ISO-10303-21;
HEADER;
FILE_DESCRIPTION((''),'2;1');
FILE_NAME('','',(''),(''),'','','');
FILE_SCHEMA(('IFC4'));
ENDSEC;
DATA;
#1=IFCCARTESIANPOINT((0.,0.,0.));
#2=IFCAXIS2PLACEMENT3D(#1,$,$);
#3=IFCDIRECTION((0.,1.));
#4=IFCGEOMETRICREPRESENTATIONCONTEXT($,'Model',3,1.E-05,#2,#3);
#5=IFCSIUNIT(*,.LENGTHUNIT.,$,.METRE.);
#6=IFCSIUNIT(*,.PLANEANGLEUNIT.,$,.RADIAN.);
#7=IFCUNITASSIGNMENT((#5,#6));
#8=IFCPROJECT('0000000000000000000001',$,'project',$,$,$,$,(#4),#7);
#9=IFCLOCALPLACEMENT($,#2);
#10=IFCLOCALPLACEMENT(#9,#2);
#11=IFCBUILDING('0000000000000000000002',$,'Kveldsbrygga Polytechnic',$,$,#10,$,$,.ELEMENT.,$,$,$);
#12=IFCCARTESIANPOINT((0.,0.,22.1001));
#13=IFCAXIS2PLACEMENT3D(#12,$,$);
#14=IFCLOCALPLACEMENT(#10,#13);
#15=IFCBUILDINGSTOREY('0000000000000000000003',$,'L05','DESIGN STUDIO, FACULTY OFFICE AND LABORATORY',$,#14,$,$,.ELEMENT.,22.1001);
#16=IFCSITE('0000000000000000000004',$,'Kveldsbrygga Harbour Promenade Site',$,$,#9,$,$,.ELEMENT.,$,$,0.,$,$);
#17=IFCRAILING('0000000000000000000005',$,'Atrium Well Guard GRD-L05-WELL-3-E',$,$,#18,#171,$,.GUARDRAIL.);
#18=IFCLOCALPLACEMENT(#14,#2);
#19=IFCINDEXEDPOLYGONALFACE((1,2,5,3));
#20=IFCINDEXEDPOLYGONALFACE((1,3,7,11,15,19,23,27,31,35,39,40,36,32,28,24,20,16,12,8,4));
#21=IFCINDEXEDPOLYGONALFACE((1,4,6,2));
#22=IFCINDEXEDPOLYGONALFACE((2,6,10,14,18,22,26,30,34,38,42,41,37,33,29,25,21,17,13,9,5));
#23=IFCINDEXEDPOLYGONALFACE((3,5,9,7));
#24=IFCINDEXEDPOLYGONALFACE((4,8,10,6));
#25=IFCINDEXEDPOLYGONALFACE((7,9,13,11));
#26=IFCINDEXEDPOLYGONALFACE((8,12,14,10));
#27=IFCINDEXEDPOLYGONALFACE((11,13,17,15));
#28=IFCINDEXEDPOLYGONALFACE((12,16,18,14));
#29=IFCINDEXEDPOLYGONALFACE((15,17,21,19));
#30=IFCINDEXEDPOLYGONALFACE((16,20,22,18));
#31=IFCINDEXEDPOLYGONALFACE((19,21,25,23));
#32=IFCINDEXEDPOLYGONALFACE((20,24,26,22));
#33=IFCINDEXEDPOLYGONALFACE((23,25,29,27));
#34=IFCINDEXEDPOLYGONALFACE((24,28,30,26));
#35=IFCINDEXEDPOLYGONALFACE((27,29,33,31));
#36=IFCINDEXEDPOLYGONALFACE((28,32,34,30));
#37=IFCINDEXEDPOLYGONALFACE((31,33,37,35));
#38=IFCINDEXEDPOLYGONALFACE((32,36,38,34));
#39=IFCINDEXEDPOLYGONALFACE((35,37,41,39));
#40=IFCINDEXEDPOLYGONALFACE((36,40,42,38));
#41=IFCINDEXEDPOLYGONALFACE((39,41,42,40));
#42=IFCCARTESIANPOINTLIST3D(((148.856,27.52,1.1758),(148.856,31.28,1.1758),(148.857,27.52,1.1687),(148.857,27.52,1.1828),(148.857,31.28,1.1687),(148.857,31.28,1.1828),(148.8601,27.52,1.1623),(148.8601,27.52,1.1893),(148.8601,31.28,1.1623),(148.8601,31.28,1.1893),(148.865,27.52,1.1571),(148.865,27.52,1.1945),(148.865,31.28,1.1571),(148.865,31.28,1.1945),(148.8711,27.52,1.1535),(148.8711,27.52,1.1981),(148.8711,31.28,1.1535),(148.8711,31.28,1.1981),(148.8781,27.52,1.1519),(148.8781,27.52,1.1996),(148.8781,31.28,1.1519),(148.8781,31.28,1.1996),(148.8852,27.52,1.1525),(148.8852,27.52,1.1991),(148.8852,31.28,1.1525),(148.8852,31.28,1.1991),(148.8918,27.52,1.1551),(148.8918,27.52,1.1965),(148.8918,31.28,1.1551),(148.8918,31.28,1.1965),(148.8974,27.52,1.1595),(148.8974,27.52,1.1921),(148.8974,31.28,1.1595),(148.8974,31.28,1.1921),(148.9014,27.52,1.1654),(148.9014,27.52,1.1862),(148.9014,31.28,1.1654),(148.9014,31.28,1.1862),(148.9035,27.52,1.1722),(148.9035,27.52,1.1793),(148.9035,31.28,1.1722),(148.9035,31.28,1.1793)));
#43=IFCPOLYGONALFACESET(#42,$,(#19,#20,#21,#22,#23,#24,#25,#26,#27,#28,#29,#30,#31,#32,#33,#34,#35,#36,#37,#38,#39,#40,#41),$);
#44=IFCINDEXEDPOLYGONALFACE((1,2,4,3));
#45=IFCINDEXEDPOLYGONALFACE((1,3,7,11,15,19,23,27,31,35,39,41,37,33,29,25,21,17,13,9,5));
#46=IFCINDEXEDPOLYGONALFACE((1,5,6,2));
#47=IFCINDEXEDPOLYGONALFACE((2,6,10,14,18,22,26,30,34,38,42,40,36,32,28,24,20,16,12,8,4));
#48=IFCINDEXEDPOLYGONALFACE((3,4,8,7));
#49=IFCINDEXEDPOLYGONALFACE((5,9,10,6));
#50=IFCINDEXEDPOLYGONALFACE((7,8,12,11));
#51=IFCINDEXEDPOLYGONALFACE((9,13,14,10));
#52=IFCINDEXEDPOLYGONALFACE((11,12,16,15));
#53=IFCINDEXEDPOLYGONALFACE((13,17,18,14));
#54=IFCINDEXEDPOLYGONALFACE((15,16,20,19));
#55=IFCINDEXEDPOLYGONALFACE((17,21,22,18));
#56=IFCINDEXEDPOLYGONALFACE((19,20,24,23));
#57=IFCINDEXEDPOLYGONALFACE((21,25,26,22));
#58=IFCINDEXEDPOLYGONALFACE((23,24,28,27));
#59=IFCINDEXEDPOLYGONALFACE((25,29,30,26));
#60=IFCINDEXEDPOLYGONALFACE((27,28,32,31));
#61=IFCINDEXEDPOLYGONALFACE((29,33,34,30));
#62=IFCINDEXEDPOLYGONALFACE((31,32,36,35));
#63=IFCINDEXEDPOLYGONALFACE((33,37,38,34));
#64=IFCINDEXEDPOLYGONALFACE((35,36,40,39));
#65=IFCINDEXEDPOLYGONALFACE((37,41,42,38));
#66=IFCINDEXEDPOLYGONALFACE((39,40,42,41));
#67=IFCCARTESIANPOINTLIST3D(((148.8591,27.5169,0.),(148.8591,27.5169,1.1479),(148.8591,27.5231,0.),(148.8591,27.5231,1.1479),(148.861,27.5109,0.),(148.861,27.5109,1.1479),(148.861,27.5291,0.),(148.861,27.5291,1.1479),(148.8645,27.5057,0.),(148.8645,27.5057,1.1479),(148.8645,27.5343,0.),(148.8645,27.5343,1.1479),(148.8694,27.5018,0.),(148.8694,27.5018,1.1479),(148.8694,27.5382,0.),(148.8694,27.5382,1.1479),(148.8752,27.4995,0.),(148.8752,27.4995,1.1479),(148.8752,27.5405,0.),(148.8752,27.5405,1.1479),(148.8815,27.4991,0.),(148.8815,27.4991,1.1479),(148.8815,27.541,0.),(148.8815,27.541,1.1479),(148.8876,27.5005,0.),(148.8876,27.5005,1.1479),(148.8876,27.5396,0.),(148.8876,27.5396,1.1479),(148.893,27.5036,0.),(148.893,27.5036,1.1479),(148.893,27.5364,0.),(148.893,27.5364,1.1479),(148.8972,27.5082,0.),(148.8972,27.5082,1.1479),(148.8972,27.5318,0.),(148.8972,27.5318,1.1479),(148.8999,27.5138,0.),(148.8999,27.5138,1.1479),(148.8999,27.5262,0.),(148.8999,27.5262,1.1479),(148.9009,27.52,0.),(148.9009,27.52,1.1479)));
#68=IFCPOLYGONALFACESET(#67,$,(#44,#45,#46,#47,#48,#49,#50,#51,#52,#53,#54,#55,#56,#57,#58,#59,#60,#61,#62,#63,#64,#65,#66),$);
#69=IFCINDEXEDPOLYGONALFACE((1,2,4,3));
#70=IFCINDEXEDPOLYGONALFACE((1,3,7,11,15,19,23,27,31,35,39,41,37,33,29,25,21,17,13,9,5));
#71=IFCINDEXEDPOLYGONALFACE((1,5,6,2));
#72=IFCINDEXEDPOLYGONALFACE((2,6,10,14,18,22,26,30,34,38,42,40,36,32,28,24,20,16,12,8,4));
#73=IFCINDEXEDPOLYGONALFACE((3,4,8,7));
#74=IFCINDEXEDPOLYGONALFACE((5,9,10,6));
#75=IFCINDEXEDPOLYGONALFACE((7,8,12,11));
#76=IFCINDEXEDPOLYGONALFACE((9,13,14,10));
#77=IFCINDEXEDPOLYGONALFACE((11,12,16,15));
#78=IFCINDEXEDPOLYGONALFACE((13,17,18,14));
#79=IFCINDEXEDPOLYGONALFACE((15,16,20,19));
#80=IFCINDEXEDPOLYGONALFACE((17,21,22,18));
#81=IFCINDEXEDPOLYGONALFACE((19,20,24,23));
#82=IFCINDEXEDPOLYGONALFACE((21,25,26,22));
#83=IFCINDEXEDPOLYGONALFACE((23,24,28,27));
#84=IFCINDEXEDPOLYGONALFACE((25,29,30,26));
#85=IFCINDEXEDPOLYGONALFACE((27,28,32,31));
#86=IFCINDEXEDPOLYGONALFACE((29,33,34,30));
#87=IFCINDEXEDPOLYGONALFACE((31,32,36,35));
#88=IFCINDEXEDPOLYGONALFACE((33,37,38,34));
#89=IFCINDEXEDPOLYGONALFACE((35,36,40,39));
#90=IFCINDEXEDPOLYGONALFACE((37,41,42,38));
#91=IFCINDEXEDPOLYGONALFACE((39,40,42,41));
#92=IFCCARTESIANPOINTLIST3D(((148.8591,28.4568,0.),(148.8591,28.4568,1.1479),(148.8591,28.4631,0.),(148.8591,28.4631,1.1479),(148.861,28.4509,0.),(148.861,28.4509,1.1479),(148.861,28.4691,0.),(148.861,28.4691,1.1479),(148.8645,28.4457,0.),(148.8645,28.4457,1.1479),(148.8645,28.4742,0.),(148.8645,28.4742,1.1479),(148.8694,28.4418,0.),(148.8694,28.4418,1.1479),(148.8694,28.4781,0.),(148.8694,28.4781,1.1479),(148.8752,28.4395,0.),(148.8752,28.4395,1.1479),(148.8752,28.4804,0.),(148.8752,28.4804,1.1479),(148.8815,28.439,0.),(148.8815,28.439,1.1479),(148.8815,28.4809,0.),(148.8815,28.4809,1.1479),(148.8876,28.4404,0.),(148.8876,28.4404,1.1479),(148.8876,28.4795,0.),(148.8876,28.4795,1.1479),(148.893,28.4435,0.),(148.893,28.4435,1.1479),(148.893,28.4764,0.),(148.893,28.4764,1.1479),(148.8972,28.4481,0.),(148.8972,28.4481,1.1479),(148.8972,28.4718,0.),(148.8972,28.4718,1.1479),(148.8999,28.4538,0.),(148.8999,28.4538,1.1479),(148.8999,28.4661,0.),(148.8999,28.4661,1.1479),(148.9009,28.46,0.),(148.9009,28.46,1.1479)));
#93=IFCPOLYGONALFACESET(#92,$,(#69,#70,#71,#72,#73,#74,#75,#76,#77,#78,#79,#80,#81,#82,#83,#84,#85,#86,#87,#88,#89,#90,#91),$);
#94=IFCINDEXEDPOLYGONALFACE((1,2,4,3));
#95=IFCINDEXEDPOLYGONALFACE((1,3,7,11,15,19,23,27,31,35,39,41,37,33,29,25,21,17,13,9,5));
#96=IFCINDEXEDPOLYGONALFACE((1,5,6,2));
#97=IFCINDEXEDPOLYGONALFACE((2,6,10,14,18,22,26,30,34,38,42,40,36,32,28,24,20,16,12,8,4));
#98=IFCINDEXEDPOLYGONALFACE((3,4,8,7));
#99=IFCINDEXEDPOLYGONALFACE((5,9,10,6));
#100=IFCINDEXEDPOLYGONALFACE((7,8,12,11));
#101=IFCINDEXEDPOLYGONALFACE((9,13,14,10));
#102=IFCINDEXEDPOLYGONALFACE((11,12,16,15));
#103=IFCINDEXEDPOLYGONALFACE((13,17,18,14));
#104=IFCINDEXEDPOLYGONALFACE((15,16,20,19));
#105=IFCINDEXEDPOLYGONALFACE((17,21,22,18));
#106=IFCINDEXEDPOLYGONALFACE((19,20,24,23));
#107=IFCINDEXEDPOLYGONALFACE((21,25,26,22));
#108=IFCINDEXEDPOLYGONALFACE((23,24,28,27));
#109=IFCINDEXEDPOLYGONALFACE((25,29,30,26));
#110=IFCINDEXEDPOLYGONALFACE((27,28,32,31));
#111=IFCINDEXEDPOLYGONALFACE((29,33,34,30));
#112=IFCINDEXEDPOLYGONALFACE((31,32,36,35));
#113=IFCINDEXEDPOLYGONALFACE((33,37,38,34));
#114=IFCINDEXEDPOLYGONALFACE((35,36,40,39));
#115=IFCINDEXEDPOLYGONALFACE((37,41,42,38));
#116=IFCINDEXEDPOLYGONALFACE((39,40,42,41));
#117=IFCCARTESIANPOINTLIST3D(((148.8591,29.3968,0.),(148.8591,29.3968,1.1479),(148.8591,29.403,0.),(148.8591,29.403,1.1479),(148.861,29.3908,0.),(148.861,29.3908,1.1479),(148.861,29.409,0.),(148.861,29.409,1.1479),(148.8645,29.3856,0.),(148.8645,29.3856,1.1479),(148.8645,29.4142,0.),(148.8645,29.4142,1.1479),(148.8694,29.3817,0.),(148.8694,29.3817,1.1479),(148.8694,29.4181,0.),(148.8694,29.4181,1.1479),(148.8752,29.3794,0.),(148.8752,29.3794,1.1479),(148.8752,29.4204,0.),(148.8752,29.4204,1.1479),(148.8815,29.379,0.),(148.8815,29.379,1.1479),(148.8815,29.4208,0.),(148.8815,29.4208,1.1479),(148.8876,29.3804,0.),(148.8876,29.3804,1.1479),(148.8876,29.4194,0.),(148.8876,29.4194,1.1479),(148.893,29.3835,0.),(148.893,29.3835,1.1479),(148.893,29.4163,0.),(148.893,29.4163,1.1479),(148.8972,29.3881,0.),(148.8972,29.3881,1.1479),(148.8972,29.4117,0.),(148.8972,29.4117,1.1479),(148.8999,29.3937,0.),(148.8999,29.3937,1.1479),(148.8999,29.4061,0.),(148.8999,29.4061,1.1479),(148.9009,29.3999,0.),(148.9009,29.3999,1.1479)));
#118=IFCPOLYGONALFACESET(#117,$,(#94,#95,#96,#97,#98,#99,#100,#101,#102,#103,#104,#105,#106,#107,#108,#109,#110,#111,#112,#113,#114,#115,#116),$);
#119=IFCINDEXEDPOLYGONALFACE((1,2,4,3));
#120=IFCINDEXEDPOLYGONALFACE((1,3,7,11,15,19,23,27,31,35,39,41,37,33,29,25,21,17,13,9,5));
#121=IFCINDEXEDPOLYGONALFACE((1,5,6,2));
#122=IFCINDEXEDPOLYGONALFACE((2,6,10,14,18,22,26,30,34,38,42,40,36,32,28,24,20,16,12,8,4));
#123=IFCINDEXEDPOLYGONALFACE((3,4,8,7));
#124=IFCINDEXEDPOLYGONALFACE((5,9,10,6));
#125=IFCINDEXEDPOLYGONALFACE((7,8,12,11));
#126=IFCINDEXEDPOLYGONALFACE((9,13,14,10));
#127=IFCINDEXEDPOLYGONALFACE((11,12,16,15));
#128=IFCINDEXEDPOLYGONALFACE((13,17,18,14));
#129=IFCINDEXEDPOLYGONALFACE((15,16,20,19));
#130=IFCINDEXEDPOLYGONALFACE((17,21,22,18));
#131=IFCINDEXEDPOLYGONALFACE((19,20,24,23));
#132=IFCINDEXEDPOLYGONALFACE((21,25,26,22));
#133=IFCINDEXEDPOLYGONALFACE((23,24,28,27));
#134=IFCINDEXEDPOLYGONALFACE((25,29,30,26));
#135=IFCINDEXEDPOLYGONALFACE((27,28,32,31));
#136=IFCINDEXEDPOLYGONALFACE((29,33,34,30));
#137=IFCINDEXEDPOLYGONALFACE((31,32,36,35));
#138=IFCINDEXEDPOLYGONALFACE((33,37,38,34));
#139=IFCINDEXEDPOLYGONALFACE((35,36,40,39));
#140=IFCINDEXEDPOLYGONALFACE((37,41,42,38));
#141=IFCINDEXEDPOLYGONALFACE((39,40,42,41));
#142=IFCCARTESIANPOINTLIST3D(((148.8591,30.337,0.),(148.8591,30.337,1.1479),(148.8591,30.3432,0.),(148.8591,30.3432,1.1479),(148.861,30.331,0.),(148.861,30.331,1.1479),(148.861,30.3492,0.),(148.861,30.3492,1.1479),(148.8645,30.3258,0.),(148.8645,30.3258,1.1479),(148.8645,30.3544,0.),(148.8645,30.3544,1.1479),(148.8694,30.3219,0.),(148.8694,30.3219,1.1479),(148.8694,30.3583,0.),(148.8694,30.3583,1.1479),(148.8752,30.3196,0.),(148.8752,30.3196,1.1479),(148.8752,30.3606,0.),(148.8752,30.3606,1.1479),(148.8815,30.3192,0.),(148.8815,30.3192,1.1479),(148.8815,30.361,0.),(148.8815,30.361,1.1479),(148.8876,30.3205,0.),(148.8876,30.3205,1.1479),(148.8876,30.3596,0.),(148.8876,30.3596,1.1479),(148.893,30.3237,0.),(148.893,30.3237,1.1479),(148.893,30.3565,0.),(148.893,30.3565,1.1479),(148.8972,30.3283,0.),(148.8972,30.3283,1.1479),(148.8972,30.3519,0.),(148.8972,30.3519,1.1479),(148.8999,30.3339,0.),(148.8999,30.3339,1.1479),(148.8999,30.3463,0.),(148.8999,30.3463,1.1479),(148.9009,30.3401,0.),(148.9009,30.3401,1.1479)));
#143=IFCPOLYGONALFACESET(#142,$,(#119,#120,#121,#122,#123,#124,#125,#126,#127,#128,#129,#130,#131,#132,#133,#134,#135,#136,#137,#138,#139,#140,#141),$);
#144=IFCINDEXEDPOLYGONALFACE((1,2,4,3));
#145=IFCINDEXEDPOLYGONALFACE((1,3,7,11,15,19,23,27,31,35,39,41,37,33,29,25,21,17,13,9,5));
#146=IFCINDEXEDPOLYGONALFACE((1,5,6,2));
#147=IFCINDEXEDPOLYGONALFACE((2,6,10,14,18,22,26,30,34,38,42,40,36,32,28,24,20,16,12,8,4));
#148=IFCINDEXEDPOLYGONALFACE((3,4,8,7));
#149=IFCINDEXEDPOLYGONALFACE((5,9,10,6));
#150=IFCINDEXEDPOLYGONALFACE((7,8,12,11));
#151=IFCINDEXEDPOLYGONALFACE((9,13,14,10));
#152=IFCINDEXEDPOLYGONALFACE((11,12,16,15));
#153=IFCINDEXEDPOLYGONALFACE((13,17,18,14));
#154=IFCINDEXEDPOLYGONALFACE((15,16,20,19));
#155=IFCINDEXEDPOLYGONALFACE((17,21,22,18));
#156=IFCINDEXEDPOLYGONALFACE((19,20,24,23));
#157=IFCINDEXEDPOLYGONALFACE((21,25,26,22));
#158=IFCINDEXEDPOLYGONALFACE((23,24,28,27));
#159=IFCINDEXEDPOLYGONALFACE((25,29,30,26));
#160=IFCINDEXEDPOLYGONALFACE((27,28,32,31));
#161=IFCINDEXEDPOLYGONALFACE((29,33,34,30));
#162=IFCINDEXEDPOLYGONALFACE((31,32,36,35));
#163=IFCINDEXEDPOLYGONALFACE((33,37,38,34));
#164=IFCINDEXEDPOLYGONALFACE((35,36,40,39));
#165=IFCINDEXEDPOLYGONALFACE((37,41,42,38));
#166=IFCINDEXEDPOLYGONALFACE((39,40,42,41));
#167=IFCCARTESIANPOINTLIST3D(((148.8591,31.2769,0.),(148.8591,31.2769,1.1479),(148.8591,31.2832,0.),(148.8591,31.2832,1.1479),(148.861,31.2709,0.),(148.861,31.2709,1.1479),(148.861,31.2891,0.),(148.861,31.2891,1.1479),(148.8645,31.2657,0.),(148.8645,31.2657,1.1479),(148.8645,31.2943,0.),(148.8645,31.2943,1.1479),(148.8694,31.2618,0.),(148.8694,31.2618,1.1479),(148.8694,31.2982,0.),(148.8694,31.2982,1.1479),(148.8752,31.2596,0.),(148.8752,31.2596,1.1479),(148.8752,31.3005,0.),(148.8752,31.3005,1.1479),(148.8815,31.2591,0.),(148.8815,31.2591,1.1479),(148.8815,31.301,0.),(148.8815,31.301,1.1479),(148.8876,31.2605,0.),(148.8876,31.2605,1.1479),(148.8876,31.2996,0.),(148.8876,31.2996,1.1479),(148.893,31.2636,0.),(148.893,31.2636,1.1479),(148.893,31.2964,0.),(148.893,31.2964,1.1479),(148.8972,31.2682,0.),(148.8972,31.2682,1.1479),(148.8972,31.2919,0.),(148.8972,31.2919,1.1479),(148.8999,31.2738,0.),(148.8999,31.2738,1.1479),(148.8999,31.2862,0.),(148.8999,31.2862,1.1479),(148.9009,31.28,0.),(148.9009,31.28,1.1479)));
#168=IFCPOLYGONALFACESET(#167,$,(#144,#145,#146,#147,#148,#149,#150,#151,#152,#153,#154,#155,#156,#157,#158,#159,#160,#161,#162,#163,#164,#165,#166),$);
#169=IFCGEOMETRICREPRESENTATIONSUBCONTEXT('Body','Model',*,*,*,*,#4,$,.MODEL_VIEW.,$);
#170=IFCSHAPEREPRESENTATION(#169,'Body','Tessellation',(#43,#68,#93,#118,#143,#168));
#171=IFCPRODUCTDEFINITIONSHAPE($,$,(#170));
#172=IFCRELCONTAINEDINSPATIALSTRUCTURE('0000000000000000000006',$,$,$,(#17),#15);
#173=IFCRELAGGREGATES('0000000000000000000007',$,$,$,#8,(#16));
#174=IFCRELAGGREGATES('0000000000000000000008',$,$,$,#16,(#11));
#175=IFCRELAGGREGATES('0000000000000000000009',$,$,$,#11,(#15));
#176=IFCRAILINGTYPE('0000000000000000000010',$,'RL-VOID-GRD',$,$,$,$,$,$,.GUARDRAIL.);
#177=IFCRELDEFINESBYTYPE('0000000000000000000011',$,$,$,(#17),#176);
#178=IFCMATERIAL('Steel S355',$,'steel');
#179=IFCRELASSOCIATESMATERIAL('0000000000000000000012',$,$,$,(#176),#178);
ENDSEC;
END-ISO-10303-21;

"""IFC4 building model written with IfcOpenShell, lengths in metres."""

from ifc_helpers import new_model, si_unit, direction, frame, origin, origin_2d, place, context, subcontext, project, spatial, circle, extrude, material, type_object, element, save


model = new_model("IFC4")

# Units and contexts
model_context = context("Model", 3, precision=1e-05, world=origin(), true_north=direction((0.0, 1.0)))
body_context = subcontext(model_context, "Body", "Model", "MODEL_VIEW")
ifc_project = project(units=[si_unit("LENGTHUNIT", "METRE"), si_unit("PLANEANGLEUNIT", "RADIAN")], contexts=[model_context])

# Site, building, storey
site_placement = place(None, origin())
site = spatial("IfcSite", under=ifc_project, at=site_placement, Name="Kveldsbrygga Harbour Promenade Site", CompositionType="ELEMENT", RefElevation=0.0)
building_placement = place(site_placement, origin())
building = spatial("IfcBuilding", under=site, at=building_placement, Name="Kveldsbrygga Polytechnic", CompositionType="ELEMENT")
storey_placement = place(building_placement, frame((0.0, 0.0, 22.1001)))
storey = spatial("IfcBuildingStorey", under=building, at=storey_placement, Name="L05", Description="DESIGN STUDIO, FACULTY OFFICE AND LABORATORY", CompositionType="ELEMENT", Elevation=22.1001)

# Shared definitions
ifc_material_1 = material(Name="Steel S355", Category="steel")

# Railing
railing_type = type_object("IfcRailingType", Name="RL-VOID-GRD", PredefinedType="GUARDRAIL", material=ifc_material_1)
railing_1_placement = place(storey_placement, frame((148.8799, 27.52, 0.0)))
element("IfcRailing", 1, at=railing_1_placement, inside=storey, type_object=railing_type, Name="Atrium Well Guard GRD-L05-WELL-3-E", PredefinedType="GUARDRAIL", context=body_context, shape_type="SweptSolid", body=[
    extrude(circle(Radius=0.0239, at=origin_2d()), frame((0.0, 0.0, 1.1758), z_axis=(0.0, 1.0, 0.0), x_axis=(-1.0, 0.0, 0.0)), (0.0, 0.0, 1.0), 3.76),
    extrude(circle(Radius=0.021, at=origin_2d()), origin(), (0.0, 0.0, 1.0), 1.1479),
    extrude(circle(Radius=0.021, at=origin_2d()), frame((0.0, 0.9399, 0.0)), (0.0, 0.0, 1.0), 1.1479),
    extrude(circle(Radius=0.021, at=origin_2d()), frame((0.0, 1.8799, 0.0)), (0.0, 0.0, 1.0), 1.1479),
    extrude(circle(Radius=0.021, at=origin_2d()), frame((0.0, 2.8201, 0.0)), (0.0, 0.0, 1.0), 1.1479),
    extrude(circle(Radius=0.021, at=origin_2d()), frame((0.0, 3.76, 0.0)), (0.0, 0.0, 1.0), 1.1479),
])

save(model, "model.ifc")
